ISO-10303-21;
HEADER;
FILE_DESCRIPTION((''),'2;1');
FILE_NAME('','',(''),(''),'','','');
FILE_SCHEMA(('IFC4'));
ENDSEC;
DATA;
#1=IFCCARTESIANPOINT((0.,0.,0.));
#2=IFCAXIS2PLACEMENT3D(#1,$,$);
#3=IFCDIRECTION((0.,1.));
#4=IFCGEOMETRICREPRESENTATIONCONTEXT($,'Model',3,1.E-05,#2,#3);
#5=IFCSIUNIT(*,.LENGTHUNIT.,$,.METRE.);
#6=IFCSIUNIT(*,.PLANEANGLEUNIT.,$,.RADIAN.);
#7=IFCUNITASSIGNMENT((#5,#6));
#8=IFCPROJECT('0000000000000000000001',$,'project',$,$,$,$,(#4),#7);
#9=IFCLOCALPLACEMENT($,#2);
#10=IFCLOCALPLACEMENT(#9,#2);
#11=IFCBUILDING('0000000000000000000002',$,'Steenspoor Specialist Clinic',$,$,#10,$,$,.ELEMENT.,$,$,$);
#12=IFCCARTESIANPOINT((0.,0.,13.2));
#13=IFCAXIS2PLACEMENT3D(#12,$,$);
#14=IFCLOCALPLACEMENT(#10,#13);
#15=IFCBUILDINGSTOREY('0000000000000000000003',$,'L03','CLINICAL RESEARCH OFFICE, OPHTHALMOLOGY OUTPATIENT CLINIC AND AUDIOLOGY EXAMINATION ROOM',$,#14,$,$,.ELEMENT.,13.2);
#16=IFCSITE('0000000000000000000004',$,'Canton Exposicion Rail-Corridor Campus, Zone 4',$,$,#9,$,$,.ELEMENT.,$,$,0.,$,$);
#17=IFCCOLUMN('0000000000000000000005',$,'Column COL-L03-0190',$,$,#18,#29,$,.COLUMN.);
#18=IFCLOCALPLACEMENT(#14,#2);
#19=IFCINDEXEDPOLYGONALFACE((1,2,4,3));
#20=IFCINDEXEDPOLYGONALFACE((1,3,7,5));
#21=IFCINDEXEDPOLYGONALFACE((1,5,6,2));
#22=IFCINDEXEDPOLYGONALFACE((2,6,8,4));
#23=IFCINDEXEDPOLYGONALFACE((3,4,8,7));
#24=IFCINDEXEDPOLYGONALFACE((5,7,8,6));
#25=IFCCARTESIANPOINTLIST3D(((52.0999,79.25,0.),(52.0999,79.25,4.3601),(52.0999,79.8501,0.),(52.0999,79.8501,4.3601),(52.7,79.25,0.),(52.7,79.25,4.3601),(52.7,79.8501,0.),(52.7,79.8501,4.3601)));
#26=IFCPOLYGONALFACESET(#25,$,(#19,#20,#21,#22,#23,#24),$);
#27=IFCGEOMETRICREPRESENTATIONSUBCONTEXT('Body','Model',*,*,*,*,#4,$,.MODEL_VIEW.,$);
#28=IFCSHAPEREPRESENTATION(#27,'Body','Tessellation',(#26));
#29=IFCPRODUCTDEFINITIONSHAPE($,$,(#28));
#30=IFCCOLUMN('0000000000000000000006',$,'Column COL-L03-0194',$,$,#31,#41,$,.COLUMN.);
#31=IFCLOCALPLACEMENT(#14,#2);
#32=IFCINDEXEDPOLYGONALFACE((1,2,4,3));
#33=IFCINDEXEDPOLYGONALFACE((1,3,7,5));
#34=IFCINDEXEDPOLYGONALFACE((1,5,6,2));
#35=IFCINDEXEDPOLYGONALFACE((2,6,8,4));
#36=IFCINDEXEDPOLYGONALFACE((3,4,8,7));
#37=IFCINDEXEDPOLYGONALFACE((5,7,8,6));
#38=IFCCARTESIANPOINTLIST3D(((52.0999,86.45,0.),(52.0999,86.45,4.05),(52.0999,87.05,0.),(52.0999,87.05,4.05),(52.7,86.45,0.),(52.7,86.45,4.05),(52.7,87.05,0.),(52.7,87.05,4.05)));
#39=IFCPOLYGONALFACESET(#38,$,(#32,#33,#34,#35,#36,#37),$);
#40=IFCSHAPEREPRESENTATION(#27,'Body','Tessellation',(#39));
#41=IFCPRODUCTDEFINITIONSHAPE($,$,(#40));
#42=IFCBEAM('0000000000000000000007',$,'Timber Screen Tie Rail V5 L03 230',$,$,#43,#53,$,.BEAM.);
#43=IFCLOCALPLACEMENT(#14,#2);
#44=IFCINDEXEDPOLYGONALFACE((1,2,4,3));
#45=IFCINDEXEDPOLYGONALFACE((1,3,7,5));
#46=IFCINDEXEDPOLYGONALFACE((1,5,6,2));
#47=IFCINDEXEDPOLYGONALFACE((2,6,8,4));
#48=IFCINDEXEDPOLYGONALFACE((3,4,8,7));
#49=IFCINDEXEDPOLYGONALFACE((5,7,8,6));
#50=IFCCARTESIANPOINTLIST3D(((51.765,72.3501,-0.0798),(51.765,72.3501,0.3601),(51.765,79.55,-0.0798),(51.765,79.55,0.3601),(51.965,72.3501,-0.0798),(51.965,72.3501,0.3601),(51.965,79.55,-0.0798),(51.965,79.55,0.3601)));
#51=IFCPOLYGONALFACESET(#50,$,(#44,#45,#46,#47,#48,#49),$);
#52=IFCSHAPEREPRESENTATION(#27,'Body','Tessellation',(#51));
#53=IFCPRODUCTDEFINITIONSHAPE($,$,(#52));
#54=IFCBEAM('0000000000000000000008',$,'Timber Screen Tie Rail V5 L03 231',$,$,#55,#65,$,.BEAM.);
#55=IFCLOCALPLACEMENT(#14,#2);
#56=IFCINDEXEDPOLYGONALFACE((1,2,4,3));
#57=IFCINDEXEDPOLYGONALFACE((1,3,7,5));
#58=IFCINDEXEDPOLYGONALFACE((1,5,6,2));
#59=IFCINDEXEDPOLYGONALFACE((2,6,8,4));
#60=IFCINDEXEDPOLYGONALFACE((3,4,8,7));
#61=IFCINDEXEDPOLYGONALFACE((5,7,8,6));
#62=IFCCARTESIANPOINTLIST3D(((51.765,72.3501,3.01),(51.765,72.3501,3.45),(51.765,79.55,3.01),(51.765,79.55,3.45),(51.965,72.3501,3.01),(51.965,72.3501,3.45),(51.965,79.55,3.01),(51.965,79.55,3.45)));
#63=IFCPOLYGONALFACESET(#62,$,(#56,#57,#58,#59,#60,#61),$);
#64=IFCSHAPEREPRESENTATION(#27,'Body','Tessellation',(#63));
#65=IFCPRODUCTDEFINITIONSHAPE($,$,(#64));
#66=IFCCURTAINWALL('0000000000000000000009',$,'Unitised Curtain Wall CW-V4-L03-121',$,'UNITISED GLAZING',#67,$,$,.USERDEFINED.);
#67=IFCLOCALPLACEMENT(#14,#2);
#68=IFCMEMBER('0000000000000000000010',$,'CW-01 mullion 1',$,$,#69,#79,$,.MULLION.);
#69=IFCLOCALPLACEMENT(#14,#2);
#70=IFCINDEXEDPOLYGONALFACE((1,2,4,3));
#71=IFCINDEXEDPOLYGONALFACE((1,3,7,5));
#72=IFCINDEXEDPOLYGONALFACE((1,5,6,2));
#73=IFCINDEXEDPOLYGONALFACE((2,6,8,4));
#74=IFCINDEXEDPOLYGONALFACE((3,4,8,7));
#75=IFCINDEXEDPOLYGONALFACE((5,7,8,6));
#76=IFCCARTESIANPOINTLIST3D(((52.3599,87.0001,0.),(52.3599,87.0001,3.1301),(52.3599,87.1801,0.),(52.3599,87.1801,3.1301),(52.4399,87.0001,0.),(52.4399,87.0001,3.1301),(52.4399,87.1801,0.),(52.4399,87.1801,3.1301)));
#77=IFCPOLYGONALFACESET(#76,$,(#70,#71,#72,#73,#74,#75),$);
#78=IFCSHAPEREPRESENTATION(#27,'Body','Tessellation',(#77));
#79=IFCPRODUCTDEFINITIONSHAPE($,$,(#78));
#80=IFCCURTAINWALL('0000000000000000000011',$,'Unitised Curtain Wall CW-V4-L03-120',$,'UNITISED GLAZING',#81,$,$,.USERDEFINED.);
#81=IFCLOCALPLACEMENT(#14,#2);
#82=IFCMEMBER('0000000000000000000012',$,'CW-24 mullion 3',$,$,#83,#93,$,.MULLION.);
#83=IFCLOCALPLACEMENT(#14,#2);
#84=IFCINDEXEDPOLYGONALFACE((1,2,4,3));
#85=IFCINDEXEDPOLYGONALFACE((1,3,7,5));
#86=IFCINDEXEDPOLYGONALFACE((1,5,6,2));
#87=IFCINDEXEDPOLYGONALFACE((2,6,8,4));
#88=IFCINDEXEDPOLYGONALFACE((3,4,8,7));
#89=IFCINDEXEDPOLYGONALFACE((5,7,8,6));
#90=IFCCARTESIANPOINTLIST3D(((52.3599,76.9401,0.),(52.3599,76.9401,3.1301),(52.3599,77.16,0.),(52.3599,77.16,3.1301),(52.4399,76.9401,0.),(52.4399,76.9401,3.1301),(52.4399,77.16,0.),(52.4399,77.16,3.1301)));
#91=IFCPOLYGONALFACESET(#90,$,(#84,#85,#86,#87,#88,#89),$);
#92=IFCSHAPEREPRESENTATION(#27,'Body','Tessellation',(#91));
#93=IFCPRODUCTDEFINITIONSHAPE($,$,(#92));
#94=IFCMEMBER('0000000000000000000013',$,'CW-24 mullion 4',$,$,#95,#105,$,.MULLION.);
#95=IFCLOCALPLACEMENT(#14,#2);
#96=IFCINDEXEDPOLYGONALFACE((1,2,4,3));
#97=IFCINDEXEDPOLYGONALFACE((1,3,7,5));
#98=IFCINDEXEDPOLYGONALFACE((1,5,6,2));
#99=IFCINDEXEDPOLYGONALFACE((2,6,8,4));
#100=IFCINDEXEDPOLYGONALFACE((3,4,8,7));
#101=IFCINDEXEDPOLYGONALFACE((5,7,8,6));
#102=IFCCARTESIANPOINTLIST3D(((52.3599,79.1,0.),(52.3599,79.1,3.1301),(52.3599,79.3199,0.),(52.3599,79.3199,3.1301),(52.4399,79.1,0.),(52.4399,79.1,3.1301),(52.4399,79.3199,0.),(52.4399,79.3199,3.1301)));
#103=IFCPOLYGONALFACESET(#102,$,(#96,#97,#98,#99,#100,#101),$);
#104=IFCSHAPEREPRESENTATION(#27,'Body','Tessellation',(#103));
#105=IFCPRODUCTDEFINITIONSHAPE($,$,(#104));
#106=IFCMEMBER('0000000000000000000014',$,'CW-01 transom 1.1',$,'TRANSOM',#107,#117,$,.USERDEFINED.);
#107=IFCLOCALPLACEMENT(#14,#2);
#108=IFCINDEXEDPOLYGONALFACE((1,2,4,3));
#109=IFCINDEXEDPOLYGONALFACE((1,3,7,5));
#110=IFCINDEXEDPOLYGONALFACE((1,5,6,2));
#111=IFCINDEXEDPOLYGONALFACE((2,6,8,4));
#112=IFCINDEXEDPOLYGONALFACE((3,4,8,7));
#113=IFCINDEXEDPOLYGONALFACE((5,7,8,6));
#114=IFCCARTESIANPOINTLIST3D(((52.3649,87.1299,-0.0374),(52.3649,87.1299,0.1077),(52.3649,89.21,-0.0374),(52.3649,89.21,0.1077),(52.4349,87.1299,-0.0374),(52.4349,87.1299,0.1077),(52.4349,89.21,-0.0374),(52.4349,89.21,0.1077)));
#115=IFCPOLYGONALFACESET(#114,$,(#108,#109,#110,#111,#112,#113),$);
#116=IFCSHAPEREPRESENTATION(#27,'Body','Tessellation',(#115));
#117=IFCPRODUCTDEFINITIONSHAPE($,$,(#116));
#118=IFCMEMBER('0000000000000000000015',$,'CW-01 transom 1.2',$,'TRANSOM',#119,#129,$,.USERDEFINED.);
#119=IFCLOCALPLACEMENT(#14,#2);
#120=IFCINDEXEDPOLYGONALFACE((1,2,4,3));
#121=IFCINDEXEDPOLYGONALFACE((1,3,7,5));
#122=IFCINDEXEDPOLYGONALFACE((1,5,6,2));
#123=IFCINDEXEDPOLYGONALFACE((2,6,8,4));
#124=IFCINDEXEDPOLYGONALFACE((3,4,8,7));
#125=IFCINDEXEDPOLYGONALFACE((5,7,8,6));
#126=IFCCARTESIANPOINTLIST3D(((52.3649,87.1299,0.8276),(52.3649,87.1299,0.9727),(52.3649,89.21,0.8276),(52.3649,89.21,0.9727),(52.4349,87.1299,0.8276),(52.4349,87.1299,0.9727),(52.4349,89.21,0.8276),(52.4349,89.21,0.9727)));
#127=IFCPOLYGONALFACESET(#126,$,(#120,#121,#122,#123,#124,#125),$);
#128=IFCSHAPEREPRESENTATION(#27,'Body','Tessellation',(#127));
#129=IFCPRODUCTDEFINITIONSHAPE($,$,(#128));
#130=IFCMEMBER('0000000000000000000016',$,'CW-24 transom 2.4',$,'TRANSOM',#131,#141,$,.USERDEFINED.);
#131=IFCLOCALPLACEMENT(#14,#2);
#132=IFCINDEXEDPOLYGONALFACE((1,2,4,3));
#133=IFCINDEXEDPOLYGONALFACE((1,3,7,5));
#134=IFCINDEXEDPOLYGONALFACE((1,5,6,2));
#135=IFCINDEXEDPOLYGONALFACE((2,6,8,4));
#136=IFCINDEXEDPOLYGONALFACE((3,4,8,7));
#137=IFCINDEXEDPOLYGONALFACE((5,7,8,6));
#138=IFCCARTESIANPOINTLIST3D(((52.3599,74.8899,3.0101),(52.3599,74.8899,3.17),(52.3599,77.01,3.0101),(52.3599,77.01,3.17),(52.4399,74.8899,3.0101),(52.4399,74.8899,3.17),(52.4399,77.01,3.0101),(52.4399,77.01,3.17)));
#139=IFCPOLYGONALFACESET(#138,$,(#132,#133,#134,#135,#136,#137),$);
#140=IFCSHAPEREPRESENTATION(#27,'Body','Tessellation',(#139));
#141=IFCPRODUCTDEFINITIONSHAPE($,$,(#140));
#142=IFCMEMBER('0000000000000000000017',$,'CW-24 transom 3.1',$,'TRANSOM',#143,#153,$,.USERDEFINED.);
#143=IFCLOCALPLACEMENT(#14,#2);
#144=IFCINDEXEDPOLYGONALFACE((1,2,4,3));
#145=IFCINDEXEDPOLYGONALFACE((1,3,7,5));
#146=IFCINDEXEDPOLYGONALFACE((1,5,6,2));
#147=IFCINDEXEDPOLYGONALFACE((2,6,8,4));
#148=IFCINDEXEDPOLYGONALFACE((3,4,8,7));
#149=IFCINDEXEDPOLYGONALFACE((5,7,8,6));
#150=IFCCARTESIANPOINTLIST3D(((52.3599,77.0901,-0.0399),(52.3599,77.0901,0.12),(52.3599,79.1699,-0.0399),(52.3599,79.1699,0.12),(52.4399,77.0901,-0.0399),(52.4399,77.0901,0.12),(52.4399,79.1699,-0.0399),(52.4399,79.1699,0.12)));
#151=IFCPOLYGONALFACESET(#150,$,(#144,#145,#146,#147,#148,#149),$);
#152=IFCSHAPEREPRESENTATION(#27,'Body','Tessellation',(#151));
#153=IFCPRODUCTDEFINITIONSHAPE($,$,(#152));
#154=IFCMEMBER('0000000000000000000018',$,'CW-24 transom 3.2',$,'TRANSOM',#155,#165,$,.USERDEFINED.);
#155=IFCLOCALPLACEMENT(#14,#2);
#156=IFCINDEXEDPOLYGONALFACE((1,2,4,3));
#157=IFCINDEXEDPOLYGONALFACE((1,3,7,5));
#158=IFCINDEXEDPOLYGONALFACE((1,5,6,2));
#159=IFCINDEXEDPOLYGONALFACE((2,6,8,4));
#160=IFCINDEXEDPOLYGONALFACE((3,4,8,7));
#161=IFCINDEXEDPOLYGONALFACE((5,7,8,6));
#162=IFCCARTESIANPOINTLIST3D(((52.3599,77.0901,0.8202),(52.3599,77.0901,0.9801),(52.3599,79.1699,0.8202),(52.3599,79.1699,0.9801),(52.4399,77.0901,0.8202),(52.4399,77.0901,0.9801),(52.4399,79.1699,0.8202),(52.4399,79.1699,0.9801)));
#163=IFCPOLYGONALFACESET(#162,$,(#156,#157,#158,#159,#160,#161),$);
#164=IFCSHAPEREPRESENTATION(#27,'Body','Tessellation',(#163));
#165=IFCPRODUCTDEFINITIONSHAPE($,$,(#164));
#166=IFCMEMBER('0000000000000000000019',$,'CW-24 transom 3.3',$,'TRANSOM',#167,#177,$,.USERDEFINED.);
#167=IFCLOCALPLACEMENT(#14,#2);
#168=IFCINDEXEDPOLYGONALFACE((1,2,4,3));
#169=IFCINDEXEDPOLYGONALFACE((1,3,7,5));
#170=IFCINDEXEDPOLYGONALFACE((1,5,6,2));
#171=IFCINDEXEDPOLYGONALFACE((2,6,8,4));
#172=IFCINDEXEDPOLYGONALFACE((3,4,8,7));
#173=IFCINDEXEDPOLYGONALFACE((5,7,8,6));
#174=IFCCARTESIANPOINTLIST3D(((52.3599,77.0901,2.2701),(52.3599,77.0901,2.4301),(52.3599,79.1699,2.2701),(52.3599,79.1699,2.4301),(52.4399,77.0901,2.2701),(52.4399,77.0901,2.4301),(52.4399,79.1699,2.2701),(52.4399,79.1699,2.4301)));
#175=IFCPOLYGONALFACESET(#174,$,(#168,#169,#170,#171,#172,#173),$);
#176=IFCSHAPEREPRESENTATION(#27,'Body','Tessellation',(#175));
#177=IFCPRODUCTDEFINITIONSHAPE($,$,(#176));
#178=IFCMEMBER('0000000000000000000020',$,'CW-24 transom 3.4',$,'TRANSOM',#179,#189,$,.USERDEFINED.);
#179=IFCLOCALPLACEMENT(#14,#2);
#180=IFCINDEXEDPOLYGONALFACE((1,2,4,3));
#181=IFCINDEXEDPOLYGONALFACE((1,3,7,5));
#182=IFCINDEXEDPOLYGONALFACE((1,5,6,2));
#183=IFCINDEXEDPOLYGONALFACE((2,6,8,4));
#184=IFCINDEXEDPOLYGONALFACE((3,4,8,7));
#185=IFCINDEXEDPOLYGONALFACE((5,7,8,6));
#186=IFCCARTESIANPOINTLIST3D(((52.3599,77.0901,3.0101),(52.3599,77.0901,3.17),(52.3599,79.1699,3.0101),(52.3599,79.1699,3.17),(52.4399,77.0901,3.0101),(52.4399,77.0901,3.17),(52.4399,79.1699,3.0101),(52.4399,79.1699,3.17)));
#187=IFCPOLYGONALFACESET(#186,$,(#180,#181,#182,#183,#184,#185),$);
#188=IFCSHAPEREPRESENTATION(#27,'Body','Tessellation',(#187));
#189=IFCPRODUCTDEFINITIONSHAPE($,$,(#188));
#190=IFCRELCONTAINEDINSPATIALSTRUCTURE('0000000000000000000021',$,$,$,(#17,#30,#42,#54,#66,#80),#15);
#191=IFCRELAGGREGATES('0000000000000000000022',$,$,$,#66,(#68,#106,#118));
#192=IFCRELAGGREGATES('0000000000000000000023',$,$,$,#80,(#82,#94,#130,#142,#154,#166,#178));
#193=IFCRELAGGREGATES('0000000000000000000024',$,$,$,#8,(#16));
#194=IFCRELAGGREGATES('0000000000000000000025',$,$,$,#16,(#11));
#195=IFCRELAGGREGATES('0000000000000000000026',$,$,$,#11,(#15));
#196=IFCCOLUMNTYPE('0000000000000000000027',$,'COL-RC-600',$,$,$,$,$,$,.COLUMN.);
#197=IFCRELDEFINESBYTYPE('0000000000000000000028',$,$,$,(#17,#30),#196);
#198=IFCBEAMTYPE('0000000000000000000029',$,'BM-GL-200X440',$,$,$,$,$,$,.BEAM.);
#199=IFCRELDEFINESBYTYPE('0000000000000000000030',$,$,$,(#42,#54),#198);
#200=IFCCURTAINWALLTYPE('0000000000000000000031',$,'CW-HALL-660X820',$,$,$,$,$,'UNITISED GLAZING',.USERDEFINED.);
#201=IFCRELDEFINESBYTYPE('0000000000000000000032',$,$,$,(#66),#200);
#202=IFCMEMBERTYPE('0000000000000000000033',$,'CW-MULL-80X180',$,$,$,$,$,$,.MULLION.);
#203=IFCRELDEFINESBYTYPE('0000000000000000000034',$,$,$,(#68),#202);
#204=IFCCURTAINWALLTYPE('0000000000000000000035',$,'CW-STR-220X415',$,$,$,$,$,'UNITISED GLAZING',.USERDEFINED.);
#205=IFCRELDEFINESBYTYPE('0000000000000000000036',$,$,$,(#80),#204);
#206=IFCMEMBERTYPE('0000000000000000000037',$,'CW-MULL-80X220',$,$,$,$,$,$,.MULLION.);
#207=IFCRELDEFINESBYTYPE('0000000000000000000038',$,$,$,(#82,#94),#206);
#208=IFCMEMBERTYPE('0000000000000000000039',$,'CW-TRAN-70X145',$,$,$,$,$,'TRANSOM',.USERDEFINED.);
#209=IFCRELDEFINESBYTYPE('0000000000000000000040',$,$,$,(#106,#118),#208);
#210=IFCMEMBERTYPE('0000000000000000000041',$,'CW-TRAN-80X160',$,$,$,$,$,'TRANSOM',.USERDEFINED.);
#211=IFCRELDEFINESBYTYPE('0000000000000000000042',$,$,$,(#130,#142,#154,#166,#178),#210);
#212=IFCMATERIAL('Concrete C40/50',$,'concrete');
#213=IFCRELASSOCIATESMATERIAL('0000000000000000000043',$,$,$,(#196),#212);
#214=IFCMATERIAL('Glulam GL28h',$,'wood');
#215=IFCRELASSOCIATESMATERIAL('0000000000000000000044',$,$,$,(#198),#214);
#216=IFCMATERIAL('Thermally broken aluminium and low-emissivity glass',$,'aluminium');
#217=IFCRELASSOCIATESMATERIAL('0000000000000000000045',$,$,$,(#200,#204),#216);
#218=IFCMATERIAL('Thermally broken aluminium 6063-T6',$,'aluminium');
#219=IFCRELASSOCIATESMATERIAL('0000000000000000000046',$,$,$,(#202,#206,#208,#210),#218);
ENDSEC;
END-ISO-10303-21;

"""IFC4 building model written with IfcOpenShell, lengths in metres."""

from ifc_helpers import new_model, si_unit, direction, frame, origin, origin_2d, place, context, subcontext, project, spatial, rectangle, extrude, material, material_profile, profile_set, type_object, element, aggregate, save


model = new_model("IFC4")

# Units and contexts
model_context = context("Model", 3, precision=1e-05, world=origin(), true_north=direction((0.0, 1.0)))
body_context = subcontext(model_context, "Body", "Model", "MODEL_VIEW")
ifc_project = project(units=[si_unit("LENGTHUNIT", "METRE"), si_unit("PLANEANGLEUNIT", "RADIAN")], contexts=[model_context])

# Site, building, storey
site_placement = place(None, origin())
site = spatial("IfcSite", under=ifc_project, at=site_placement, Name="Canton Exposicion Rail-Corridor Campus, Zone 4", CompositionType="ELEMENT", RefElevation=0.0)
building_placement = place(site_placement, origin())
building = spatial("IfcBuilding", under=site, at=building_placement, Name="Steenspoor Specialist Clinic", CompositionType="ELEMENT")
storey_placement = place(building_placement, frame((0.0, 0.0, 13.2)))
storey = spatial("IfcBuildingStorey", under=building, at=storey_placement, Name="L03", Description="CLINICAL RESEARCH OFFICE, OPHTHALMOLOGY OUTPATIENT CLINIC AND AUDIOLOGY EXAMINATION ROOM", CompositionType="ELEMENT", Elevation=13.2)

# Columns
ifc_material_1 = material(Name="Concrete C40/50", Category="concrete")
ifc_material_profile_1 = material_profile(ifc_material_1, rectangle(XDim=0.6001, YDim=0.6001, at=origin_2d()), Name="RC-COL-600X600")
ifc_profile_set_1 = profile_set([ifc_material_profile_1], Name="Concrete C40/50")
column_type = type_object("IfcColumnType", Name="COL-RC-600", PredefinedType="COLUMN", material=ifc_profile_set_1)
column_1_placement = place(storey_placement, frame((52.3999, 79.55, 0.0), z_axis=(0.0, 0.0, 1.0), x_axis=(1.0, 0.0, 0.0)))
element("IfcColumn", 1, at=column_1_placement, inside=storey, type_object=column_type, Name="Column COL-L03-0190", PredefinedType="COLUMN", context=body_context, shape_type="SweptSolid", body=[
    extrude(rectangle(XDim=0.6001, YDim=0.6001, at=origin_2d()), origin(), (0.0, 0.0, 1.0), 4.3601),
])
column_2_placement = place(storey_placement, frame((52.3999, 86.75, 0.0), z_axis=(0.0, 0.0, 1.0), x_axis=(1.0, 0.0, 0.0)))
element("IfcColumn", 2, at=column_2_placement, inside=storey, type_object=column_type, Name="Column COL-L03-0194", PredefinedType="COLUMN", context=body_context, shape_type="SweptSolid", body=[
    extrude(rectangle(XDim=0.6001, YDim=0.6001, at=origin_2d()), origin(), (0.0, 0.0, 1.0), 4.05),
])

# Beams
ifc_material_2 = material(Name="Glulam GL28h", Category="wood")
ifc_material_profile_2 = material_profile(ifc_material_2, rectangle(XDim=0.2, YDim=0.4399, at=origin_2d()), Name="GL28H-200X440")
ifc_profile_set_2 = profile_set([ifc_material_profile_2], Name="Glulam GL28h")
beam_type = type_object("IfcBeamType", Name="BM-GL-200X440", PredefinedType="BEAM", material=ifc_profile_set_2)
for number, where, z_axis, x_axis, name in (
    (3, (51.865, 79.55, 0.1401), (0.0, -1.0, 0.0), (1.0, 0.0, 0.0), "Timber Screen Tie Rail V5 L03 230"),
    (4, (51.865, 79.55, 3.23), (0.0, -1.0, 0.0), (1.0, 0.0, 0.0), "Timber Screen Tie Rail V5 L03 231"),
):
    element("IfcBeam", number, at=place(storey_placement, frame(where, z_axis=z_axis, x_axis=x_axis)), inside=storey, type_object=beam_type, Name=name, PredefinedType="BEAM", context=body_context, shape_type="SweptSolid", body=[
        extrude(rectangle(XDim=0.2, YDim=0.4399, at=origin_2d()), origin(), (0.0, 0.0, 1.0), 7.2),
    ])

# Curtain wall, member
ifc_material_3 = material(Name="Thermally broken aluminium and low-emissivity glass", Category="aluminium")
curtain_wall_type_1 = type_object("IfcCurtainWallType", Name="CW-HALL-660X820", ElementType="UNITISED GLAZING", PredefinedType="USERDEFINED", material=ifc_material_3)
curtain_wall_1_placement = place(storey_placement, origin())
curtain_wall_1 = element("IfcCurtainWall", 5, at=curtain_wall_1_placement, inside=storey, type_object=curtain_wall_type_1, Name="Unitised Curtain Wall CW-V4-L03-121", ObjectType="UNITISED GLAZING", PredefinedType="USERDEFINED")
ifc_material_4 = material(Name="Thermally broken aluminium 6063-T6", Category="aluminium")
ifc_material_profile_3 = material_profile(ifc_material_4, rectangle(XDim=0.0801, YDim=0.1799, at=origin_2d()), Name="CWM-80X180")
ifc_profile_set_3 = profile_set([ifc_material_profile_3], Name="Thermally broken aluminium 6063-T6")
member_type_1 = type_object("IfcMemberType", Name="CW-MULL-80X180", PredefinedType="MULLION", material=ifc_profile_set_3)
member_1_placement = place(storey_placement, frame((52.3999, 87.0901, 0.0), z_axis=(0.0, 0.0, 1.0), x_axis=(-1.0, 0.0, 0.0)))
member_1 = element("IfcMember", 6, at=member_1_placement, type_object=member_type_1, Name="CW-01 mullion 1", PredefinedType="MULLION", context=body_context, shape_type="SweptSolid", body=[
    extrude(rectangle(XDim=0.0801, YDim=0.1799, at=origin_2d()), origin(), (0.0, 0.0, 1.0), 3.1301),
])

# Curtain wall, members
curtain_wall_type_2 = type_object("IfcCurtainWallType", Name="CW-STR-220X415", ElementType="UNITISED GLAZING", PredefinedType="USERDEFINED", material=ifc_material_3)
curtain_wall_2_placement = place(storey_placement, origin())
curtain_wall_2 = element("IfcCurtainWall", 7, at=curtain_wall_2_placement, inside=storey, type_object=curtain_wall_type_2, Name="Unitised Curtain Wall CW-V4-L03-120", ObjectType="UNITISED GLAZING", PredefinedType="USERDEFINED")
ifc_material_profile_4 = material_profile(ifc_material_4, rectangle(XDim=0.0801, YDim=0.22, at=origin_2d()), Name="CWM-80X220")
ifc_profile_set_4 = profile_set([ifc_material_profile_4], Name="Thermally broken aluminium 6063-T6")
member_type_2 = type_object("IfcMemberType", Name="CW-MULL-80X220", PredefinedType="MULLION", material=ifc_profile_set_4)
member_2_placement = place(storey_placement, frame((52.3999, 77.05, 0.0), z_axis=(0.0, 0.0, 1.0), x_axis=(-1.0, 0.0, 0.0)))
member_2 = element("IfcMember", 8, at=member_2_placement, type_object=member_type_2, Name="CW-24 mullion 3", PredefinedType="MULLION", context=body_context, shape_type="SweptSolid", body=[
    extrude(rectangle(XDim=0.0801, YDim=0.22, at=origin_2d()), origin(), (0.0, 0.0, 1.0), 3.1301),
])
member_3_placement = place(storey_placement, frame((52.3999, 79.21, 0.0), z_axis=(0.0, 0.0, 1.0), x_axis=(-1.0, 0.0, 0.0)))
member_3 = element("IfcMember", 9, at=member_3_placement, type_object=member_type_2, Name="CW-24 mullion 4", PredefinedType="MULLION", context=body_context, shape_type="SweptSolid", body=[
    extrude(rectangle(XDim=0.0801, YDim=0.22, at=origin_2d()), origin(), (0.0, 0.0, 1.0), 3.1301),
])

# Members
ifc_material_profile_5 = material_profile(ifc_material_4, rectangle(XDim=0.0701, YDim=0.145, at=origin_2d()), Name="CWT-70X145")
ifc_profile_set_5 = profile_set([ifc_material_profile_5], Name="Thermally broken aluminium 6063-T6")
member_type_3 = type_object("IfcMemberType", Name="CW-TRAN-70X145", ElementType="TRANSOM", PredefinedType="USERDEFINED", material=ifc_profile_set_5)
member_4_placement = place(storey_placement, frame((52.3999, 87.1299, 0.0352), z_axis=(0.0, 1.0, 0.0), x_axis=(-1.0, 0.0, 0.0)))
member_4 = element("IfcMember", 10, at=member_4_placement, type_object=member_type_3, Name="CW-01 transom 1.1", ObjectType="TRANSOM", PredefinedType="USERDEFINED", context=body_context, shape_type="SweptSolid", body=[
    extrude(rectangle(XDim=0.0701, YDim=0.145, at=origin_2d()), origin(), (0.0, 0.0, 1.0), 2.0801),
])
member_5_placement = place(storey_placement, frame((52.3999, 87.1299, 0.9001), z_axis=(0.0, 1.0, 0.0), x_axis=(-1.0, 0.0, 0.0)))
member_5 = element("IfcMember", 11, at=member_5_placement, type_object=member_type_3, Name="CW-01 transom 1.2", ObjectType="TRANSOM", PredefinedType="USERDEFINED", context=body_context, shape_type="SweptSolid", body=[
    extrude(rectangle(XDim=0.0701, YDim=0.145, at=origin_2d()), origin(), (0.0, 0.0, 1.0), 2.0801),
])
aggregate(curtain_wall_1, [member_1, member_4, member_5])
ifc_material_profile_6 = material_profile(ifc_material_4, rectangle(XDim=0.0801, YDim=0.1599, at=origin_2d()), Name="CWT-80X160")
ifc_profile_set_6 = profile_set([ifc_material_profile_6], Name="Thermally broken aluminium 6063-T6")
member_type_4 = type_object("IfcMemberType", Name="CW-TRAN-80X160", ElementType="TRANSOM", PredefinedType="USERDEFINED", material=ifc_profile_set_6)
member_6_placement = place(storey_placement, frame((52.3999, 74.8899, 3.0901), z_axis=(0.0, 1.0, 0.0), x_axis=(-1.0, 0.0, 0.0)))
member_6 = element("IfcMember", 12, at=member_6_placement, type_object=member_type_4, Name="CW-24 transom 2.4", ObjectType="TRANSOM", PredefinedType="USERDEFINED", context=body_context, shape_type="SweptSolid", body=[
    extrude(rectangle(XDim=0.0801, YDim=0.1599, at=origin_2d()), origin(), (0.0, 0.0, 1.0), 2.1201),
])
member_7_placement = place(storey_placement, frame((52.3999, 77.0901, 0.04), z_axis=(0.0, 1.0, 0.0), x_axis=(-1.0, 0.0, 0.0)))
member_7 = element("IfcMember", 13, at=member_7_placement, type_object=member_type_4, Name="CW-24 transom 3.1", ObjectType="TRANSOM", PredefinedType="USERDEFINED", context=body_context, shape_type="SweptSolid", body=[
    extrude(rectangle(XDim=0.0801, YDim=0.1599, at=origin_2d()), origin(), (0.0, 0.0, 1.0), 2.0798),
])
member_8_placement = place(storey_placement, frame((52.3999, 77.0901, 0.9001), z_axis=(0.0, 1.0, 0.0), x_axis=(-1.0, 0.0, 0.0)))
member_8 = element("IfcMember", 14, at=member_8_placement, type_object=member_type_4, Name="CW-24 transom 3.2", ObjectType="TRANSOM", PredefinedType="USERDEFINED", context=body_context, shape_type="SweptSolid", body=[
    extrude(rectangle(XDim=0.0801, YDim=0.1599, at=origin_2d()), origin(), (0.0, 0.0, 1.0), 2.0798),
])
member_9_placement = place(storey_placement, frame((52.3999, 77.0901, 2.3501), z_axis=(0.0, 1.0, 0.0), x_axis=(-1.0, 0.0, 0.0)))
member_9 = element("IfcMember", 15, at=member_9_placement, type_object=member_type_4, Name="CW-24 transom 3.3", ObjectType="TRANSOM", PredefinedType="USERDEFINED", context=body_context, shape_type="SweptSolid", body=[
    extrude(rectangle(XDim=0.0801, YDim=0.1599, at=origin_2d()), origin(), (0.0, 0.0, 1.0), 2.0798),
])
member_10_placement = place(storey_placement, frame((52.3999, 77.0901, 3.0901), z_axis=(0.0, 1.0, 0.0), x_axis=(-1.0, 0.0, 0.0)))
member_10 = element("IfcMember", 16, at=member_10_placement, type_object=member_type_4, Name="CW-24 transom 3.4", ObjectType="TRANSOM", PredefinedType="USERDEFINED", context=body_context, shape_type="SweptSolid", body=[
    extrude(rectangle(XDim=0.0801, YDim=0.1599, at=origin_2d()), origin(), (0.0, 0.0, 1.0), 2.0798),
])

aggregate(curtain_wall_2, [member_2, member_3, member_6, member_7, member_8, member_9, member_10])

save(model, "model.ifc")
